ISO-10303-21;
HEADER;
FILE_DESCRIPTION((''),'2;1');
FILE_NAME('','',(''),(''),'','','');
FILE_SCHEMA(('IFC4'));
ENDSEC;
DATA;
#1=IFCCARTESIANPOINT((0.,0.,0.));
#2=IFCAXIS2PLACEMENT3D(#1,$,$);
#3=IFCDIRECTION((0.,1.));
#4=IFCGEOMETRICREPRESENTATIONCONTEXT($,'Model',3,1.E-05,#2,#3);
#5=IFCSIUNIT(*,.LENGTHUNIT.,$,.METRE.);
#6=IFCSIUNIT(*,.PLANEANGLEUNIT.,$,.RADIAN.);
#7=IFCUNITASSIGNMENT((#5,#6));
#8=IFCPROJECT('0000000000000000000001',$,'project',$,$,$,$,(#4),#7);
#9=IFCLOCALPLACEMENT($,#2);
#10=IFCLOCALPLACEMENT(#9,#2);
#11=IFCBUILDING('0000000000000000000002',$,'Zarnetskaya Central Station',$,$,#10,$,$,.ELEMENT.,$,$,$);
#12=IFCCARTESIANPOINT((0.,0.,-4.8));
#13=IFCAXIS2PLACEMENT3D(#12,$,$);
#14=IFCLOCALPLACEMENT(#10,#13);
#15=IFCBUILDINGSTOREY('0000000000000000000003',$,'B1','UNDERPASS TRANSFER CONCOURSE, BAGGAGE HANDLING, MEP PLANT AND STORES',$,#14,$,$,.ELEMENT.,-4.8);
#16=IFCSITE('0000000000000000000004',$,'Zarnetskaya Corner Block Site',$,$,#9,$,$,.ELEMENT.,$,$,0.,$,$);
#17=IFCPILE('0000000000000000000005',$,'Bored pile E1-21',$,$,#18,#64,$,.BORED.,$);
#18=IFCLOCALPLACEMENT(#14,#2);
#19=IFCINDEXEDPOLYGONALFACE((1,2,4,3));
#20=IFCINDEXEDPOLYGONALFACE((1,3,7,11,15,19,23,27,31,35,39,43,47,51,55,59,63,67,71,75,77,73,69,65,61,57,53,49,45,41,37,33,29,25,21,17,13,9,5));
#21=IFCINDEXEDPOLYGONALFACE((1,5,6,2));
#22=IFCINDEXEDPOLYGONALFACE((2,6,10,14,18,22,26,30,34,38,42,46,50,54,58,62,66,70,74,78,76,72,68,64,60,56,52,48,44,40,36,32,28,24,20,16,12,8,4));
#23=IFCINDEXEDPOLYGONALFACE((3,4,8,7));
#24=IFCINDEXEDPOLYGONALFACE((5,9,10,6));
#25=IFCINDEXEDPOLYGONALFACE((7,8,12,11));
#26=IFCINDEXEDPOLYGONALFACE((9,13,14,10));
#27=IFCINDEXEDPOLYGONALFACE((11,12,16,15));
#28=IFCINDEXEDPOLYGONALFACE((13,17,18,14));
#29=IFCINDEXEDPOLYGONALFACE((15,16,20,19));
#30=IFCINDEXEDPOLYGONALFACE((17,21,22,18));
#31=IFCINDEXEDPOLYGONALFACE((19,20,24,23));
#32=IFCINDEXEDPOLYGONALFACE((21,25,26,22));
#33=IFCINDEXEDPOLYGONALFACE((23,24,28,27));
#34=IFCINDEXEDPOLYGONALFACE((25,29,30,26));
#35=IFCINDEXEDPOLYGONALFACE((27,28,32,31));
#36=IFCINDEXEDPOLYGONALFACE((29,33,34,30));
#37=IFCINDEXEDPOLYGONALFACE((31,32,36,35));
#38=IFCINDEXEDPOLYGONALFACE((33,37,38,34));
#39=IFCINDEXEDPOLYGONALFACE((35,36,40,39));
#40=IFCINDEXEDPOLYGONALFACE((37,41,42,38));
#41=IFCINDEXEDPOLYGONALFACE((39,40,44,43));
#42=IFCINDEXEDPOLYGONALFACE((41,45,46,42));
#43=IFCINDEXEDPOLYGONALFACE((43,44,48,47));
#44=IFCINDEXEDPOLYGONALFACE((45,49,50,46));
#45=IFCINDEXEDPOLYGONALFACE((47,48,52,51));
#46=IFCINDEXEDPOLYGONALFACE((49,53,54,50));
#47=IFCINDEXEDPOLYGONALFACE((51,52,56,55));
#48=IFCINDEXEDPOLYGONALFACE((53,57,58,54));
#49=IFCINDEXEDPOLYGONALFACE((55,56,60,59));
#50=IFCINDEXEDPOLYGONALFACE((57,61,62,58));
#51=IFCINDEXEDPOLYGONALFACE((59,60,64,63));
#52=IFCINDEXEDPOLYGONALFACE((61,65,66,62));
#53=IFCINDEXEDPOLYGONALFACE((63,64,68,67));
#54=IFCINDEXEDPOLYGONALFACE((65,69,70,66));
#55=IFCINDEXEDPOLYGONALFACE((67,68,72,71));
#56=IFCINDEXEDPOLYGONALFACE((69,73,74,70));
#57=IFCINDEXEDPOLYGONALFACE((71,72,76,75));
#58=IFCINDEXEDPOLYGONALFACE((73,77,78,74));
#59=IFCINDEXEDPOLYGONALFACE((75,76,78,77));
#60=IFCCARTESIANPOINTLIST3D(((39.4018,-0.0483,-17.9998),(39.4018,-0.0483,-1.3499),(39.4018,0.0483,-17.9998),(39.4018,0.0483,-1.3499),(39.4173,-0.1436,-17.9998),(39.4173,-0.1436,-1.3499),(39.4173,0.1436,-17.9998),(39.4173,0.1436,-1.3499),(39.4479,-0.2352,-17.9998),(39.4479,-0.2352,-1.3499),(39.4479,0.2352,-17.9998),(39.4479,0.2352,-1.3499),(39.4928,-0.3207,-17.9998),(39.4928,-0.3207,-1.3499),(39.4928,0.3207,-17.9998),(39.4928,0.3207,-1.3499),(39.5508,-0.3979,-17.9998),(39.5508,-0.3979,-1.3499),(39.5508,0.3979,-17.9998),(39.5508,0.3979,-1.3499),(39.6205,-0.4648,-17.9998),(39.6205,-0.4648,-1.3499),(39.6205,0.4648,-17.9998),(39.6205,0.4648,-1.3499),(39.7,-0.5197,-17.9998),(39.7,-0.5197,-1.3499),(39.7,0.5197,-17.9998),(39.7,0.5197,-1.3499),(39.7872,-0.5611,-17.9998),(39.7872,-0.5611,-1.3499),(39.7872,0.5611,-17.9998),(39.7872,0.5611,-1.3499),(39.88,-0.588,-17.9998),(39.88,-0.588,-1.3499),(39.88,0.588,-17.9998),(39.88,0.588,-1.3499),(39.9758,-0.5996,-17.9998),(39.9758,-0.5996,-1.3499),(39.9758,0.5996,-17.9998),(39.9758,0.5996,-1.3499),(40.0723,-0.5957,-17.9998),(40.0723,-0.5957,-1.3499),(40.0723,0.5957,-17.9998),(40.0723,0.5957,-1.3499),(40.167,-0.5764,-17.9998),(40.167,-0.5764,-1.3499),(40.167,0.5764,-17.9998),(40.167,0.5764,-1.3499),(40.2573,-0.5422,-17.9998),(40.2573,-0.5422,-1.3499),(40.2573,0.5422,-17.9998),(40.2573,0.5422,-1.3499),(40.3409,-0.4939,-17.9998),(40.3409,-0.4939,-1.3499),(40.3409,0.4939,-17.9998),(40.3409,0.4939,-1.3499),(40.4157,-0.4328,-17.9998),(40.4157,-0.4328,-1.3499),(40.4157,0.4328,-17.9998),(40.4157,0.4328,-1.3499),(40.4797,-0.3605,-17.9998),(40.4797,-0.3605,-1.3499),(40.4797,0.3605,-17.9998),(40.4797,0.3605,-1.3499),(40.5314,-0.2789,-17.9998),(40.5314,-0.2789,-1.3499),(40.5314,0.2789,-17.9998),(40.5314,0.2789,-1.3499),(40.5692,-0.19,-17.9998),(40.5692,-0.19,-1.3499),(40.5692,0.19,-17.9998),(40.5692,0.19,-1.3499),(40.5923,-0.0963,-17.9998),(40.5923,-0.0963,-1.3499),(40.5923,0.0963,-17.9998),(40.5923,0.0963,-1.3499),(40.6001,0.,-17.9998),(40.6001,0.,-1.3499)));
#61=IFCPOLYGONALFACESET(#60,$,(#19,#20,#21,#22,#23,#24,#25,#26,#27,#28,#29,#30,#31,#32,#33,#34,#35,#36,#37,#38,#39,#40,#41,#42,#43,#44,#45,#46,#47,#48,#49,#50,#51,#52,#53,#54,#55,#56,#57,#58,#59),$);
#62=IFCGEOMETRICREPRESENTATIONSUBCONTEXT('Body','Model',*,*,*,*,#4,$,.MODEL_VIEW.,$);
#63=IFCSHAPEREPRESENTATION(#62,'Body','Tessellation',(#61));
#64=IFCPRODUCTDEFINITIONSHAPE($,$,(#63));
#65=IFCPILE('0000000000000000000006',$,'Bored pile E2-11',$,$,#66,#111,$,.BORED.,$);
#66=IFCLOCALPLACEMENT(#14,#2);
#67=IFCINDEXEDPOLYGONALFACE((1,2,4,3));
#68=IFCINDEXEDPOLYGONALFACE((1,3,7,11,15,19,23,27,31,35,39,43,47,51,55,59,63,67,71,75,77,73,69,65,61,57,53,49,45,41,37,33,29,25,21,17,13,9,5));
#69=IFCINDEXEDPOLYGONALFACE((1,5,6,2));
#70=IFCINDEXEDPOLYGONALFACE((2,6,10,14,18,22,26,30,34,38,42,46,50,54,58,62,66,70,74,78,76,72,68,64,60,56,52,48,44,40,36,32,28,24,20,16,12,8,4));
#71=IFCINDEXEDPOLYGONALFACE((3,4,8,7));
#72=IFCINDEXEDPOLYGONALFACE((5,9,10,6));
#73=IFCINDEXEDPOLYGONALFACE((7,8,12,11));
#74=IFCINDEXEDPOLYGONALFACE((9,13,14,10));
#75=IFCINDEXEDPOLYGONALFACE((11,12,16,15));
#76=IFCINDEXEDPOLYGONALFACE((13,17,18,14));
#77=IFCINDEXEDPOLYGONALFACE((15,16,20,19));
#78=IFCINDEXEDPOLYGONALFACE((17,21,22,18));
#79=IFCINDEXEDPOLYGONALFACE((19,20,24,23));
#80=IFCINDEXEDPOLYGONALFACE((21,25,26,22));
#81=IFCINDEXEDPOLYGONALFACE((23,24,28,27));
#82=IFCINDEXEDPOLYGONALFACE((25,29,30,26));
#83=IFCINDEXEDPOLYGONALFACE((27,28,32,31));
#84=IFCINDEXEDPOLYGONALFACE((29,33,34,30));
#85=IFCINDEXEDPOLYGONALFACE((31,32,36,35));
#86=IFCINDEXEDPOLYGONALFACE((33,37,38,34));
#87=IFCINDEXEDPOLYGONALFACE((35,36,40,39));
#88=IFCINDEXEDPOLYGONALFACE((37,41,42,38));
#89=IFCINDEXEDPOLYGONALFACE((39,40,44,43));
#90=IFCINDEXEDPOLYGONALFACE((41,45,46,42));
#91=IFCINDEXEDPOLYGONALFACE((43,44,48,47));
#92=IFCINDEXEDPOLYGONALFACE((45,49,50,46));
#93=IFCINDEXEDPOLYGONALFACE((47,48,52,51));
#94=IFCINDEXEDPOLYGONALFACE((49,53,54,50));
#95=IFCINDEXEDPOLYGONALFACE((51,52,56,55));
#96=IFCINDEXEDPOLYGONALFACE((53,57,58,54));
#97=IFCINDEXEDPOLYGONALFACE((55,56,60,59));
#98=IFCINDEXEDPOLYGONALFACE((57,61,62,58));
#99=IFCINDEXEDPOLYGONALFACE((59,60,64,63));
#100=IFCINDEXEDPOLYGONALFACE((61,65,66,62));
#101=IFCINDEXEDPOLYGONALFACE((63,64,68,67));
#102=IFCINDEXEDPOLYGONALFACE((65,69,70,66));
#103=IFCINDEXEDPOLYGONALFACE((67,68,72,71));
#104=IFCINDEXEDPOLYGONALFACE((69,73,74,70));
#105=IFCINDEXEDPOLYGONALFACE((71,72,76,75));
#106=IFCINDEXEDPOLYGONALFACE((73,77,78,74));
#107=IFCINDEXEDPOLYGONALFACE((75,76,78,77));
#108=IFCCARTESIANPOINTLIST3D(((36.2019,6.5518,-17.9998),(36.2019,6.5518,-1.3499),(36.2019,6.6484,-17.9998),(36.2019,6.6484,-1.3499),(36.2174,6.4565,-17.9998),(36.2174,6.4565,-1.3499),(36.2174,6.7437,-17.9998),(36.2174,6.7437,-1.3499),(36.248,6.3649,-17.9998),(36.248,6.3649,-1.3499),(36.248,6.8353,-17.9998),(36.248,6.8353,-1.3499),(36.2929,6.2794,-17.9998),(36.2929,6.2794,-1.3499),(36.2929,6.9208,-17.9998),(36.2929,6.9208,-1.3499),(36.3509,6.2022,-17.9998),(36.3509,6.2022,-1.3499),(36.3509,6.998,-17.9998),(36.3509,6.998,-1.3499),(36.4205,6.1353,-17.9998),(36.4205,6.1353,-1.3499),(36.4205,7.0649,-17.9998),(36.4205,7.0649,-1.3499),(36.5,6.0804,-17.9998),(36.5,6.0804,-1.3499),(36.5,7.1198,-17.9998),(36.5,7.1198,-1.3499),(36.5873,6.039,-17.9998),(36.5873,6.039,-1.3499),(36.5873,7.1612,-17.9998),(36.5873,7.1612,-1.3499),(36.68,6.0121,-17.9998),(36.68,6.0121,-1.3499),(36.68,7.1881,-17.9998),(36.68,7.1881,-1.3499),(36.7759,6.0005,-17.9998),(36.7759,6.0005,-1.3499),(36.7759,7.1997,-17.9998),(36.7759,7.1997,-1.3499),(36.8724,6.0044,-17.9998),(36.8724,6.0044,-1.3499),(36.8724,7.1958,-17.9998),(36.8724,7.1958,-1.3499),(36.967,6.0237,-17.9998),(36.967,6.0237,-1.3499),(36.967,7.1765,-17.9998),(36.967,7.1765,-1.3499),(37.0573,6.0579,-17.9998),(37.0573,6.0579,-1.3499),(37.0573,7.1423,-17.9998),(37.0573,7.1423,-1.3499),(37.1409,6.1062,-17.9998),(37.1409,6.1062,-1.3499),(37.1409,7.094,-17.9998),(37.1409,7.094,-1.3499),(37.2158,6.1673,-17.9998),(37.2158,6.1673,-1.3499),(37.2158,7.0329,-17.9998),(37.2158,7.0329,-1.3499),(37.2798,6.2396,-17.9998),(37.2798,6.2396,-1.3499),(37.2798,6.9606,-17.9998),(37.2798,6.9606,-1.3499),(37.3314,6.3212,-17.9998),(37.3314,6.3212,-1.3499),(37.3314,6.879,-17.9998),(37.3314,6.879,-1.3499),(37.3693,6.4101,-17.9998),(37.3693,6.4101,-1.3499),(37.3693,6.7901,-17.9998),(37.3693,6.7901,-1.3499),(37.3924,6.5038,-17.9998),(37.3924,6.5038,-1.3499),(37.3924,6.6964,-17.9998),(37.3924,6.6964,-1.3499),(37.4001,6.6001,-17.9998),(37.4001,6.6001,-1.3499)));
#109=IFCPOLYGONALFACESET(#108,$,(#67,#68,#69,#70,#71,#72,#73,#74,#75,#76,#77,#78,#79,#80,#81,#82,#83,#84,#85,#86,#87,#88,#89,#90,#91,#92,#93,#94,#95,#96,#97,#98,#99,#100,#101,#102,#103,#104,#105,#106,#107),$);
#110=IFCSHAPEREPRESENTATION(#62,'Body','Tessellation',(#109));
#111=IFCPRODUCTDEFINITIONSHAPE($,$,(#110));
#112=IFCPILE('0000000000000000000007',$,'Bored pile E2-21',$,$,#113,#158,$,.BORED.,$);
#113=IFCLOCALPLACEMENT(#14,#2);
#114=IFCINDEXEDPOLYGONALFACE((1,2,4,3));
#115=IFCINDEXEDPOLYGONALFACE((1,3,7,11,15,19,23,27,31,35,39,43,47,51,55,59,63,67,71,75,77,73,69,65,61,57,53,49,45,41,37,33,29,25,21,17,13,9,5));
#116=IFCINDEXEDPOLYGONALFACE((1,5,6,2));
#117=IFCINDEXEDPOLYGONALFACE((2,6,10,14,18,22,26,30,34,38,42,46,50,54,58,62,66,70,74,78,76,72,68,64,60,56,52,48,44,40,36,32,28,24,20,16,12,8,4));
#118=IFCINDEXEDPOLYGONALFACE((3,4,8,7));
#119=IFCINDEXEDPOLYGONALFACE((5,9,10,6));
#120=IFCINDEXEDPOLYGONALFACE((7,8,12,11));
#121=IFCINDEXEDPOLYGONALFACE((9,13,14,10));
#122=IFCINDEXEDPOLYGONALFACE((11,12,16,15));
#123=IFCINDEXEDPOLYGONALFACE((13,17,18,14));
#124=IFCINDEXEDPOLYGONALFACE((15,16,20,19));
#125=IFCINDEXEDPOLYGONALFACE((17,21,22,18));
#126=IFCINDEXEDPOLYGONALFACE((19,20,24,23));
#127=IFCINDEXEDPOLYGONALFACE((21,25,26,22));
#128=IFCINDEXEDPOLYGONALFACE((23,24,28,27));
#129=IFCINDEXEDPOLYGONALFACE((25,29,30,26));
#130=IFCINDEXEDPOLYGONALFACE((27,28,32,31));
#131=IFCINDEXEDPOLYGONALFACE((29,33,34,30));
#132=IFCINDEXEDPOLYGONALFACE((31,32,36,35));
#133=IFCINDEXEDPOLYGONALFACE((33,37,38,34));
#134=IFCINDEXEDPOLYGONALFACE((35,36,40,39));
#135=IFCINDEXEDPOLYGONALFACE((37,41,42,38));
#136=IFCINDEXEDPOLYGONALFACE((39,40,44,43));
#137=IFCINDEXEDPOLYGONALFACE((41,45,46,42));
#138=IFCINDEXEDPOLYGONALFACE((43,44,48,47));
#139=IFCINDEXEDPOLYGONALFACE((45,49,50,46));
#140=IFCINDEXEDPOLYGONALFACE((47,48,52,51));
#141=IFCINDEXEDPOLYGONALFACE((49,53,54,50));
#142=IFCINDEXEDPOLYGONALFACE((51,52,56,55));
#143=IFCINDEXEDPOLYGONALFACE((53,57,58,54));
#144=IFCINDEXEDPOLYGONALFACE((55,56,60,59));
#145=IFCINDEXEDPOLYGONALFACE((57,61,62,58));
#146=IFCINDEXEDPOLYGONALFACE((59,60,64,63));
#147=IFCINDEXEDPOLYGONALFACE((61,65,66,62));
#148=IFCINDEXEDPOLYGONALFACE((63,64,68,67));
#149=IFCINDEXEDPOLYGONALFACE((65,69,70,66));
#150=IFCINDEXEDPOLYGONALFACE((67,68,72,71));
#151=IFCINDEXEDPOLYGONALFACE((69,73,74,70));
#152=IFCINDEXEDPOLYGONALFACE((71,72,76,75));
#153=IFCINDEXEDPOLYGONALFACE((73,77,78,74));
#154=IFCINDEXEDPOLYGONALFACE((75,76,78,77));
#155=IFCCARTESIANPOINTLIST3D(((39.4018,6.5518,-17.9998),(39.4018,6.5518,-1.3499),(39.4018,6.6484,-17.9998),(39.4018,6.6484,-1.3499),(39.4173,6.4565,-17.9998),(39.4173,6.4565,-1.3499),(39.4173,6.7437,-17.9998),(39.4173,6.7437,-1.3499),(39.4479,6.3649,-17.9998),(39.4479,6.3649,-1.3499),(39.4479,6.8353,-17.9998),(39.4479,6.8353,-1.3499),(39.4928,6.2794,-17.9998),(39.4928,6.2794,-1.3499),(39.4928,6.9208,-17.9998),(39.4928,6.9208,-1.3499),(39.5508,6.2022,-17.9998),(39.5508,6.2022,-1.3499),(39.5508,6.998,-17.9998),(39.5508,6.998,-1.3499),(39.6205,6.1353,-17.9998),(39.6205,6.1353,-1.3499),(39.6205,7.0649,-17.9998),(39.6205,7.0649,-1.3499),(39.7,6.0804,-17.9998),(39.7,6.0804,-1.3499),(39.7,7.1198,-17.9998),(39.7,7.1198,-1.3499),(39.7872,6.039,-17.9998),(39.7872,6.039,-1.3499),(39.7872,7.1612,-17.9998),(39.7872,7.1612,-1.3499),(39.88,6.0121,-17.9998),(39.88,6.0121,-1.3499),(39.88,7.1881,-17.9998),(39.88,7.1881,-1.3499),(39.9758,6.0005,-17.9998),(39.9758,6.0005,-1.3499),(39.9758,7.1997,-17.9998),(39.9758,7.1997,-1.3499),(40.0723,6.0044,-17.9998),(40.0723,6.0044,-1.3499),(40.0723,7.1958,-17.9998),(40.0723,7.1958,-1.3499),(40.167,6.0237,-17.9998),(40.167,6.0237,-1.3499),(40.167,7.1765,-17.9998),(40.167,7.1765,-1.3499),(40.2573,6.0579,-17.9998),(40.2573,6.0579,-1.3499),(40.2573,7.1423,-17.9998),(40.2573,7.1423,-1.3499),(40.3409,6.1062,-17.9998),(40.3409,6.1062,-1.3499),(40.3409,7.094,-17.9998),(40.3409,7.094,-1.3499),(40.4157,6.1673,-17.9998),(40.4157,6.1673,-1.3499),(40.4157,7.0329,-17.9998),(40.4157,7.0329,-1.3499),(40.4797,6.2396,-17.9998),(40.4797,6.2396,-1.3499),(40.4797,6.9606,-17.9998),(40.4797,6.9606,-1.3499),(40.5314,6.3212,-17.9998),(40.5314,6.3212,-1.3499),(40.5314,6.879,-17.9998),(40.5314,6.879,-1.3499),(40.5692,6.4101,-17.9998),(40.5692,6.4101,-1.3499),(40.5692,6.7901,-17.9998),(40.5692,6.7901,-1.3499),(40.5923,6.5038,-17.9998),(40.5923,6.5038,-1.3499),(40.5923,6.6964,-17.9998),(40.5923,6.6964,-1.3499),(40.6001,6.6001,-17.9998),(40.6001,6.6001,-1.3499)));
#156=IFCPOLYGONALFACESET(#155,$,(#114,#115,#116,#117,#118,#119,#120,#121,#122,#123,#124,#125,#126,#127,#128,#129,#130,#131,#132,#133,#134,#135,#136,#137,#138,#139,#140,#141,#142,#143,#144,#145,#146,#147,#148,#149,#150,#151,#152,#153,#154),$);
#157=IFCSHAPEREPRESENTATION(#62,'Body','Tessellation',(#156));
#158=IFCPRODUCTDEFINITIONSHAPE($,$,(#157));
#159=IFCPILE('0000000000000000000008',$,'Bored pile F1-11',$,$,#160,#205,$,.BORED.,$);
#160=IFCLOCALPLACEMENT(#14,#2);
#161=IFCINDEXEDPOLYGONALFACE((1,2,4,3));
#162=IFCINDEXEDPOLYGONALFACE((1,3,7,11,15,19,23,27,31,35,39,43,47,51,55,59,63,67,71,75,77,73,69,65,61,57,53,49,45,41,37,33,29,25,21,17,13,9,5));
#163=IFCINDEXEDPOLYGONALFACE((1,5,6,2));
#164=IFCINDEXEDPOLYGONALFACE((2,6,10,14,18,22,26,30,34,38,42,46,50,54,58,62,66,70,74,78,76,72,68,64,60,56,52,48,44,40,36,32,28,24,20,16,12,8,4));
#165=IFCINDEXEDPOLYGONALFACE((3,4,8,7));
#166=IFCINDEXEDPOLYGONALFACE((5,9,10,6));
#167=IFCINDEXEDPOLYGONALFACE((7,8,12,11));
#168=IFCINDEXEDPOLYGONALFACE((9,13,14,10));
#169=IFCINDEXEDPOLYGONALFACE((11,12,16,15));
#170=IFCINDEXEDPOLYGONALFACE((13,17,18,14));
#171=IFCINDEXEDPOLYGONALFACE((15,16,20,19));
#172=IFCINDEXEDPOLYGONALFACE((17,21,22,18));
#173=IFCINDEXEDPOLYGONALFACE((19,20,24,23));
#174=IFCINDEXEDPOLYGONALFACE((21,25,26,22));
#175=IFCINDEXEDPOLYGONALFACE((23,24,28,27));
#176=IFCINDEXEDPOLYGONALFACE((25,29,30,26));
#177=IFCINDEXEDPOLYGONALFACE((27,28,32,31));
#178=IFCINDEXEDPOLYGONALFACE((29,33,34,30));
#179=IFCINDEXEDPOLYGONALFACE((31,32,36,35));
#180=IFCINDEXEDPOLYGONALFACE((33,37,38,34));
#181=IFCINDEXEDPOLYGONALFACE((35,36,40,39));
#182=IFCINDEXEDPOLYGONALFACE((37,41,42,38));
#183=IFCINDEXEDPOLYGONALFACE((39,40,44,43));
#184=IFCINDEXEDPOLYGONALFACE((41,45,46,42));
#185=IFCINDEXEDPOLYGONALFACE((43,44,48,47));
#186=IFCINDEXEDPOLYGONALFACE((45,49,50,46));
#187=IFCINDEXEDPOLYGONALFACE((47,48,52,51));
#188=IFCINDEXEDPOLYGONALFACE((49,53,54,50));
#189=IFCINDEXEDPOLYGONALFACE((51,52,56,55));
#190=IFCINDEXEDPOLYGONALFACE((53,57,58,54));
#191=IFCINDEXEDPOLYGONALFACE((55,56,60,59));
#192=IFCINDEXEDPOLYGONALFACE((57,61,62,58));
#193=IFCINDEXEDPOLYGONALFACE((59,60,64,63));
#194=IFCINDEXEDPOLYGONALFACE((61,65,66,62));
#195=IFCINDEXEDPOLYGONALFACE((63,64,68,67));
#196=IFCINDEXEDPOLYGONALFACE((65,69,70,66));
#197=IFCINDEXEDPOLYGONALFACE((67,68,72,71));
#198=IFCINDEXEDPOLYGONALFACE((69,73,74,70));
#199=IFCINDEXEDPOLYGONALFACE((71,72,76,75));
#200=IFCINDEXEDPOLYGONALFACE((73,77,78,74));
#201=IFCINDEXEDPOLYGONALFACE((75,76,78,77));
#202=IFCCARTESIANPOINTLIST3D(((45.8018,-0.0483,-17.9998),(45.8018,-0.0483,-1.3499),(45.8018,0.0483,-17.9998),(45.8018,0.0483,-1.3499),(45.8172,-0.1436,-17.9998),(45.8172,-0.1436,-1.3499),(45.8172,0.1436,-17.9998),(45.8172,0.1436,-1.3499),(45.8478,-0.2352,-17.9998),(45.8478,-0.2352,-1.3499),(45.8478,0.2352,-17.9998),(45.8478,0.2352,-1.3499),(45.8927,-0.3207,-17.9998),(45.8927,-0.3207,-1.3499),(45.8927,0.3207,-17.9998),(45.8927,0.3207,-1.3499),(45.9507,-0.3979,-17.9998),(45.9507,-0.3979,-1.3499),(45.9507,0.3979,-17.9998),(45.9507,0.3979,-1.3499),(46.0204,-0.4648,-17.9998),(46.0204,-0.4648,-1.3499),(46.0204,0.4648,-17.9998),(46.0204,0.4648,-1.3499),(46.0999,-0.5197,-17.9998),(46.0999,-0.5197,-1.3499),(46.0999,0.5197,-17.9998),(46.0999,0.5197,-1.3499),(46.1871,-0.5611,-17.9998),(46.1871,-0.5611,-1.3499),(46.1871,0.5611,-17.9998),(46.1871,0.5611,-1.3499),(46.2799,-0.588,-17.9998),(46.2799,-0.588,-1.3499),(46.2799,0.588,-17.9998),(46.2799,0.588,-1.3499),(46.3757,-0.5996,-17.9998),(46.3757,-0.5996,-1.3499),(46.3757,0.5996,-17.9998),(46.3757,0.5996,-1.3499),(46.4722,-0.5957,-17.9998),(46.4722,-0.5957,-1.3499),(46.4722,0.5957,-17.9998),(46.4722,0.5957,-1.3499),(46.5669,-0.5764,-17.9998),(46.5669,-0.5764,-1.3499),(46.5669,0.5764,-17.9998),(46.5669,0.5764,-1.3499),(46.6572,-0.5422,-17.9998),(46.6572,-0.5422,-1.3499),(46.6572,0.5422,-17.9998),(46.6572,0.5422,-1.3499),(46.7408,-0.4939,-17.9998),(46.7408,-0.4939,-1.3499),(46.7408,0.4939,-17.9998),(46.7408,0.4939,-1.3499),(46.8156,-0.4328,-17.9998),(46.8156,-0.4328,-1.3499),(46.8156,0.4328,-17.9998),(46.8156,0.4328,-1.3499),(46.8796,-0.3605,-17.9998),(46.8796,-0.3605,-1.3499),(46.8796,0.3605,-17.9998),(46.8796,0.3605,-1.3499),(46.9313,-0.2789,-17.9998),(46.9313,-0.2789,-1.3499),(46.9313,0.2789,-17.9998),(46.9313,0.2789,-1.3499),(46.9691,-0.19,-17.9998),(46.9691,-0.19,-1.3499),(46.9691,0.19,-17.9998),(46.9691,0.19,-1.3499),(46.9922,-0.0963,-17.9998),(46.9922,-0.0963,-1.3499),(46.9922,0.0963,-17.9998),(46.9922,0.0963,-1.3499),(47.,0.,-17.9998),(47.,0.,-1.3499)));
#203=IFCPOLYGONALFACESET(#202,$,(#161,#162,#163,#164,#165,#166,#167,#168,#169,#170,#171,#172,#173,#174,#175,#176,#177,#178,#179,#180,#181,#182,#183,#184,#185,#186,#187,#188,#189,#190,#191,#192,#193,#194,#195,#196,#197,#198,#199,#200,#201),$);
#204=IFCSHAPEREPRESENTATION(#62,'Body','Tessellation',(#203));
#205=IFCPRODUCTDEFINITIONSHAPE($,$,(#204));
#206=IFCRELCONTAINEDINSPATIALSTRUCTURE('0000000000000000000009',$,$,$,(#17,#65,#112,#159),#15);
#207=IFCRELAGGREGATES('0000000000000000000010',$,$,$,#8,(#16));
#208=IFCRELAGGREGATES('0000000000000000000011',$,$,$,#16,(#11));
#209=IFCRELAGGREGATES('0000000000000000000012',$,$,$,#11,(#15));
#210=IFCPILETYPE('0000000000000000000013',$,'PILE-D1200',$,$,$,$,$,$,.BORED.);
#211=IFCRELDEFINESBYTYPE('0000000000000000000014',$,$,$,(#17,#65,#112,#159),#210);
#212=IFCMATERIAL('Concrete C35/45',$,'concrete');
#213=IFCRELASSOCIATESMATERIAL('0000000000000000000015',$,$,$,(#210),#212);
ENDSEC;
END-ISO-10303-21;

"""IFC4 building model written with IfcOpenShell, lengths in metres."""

from ifc_helpers import new_model, si_unit, direction, frame, origin, origin_2d, place, context, subcontext, project, spatial, circle, extrude, material, material_profile, profile_set, type_object, element, save


model = new_model("IFC4")

# Units and contexts
model_context = context("Model", 3, precision=1e-05, world=origin(), true_north=direction((0.0, 1.0)))
body_context = subcontext(model_context, "Body", "Model", "MODEL_VIEW")
ifc_project = project(units=[si_unit("LENGTHUNIT", "METRE"), si_unit("PLANEANGLEUNIT", "RADIAN")], contexts=[model_context])

# Site, building, storey
site_placement = place(None, origin())
site = spatial("IfcSite", under=ifc_project, at=site_placement, Name="Zarnetskaya Corner Block Site", CompositionType="ELEMENT", RefElevation=0.0)
building_placement = place(site_placement, origin())
building = spatial("IfcBuilding", under=site, at=building_placement, Name="Zarnetskaya Central Station", CompositionType="ELEMENT")
storey_placement = place(building_placement, frame((0.0, 0.0, -4.8)))
storey = spatial("IfcBuildingStorey", under=building, at=storey_placement, Name="B1", Description="UNDERPASS TRANSFER CONCOURSE, BAGGAGE HANDLING, MEP PLANT AND STORES", CompositionType="ELEMENT", Elevation=-4.8)

# Shared definitions
ifc_material_1 = material(Name="Concrete C35/45", Category="concrete")

# Piles
ifc_material_profile_1 = material_profile(ifc_material_1, circle(Radius=0.6001, at=origin_2d()), Name="BORED PILE D1200")
ifc_profile_set_1 = profile_set([ifc_material_profile_1], Name="Concrete C35/45")
pile_type = type_object("IfcPileType", Name="PILE-D1200", PredefinedType="BORED", material=ifc_profile_set_1)
for number, where, z_axis, x_axis, name in (
    (1, (40.0, 0.0, -1.3499), (0.0, 0.0, -1.0), (1.0, 0.0, 0.0), "Bored pile E1-21"),
    (2, (36.8, 6.6001, -1.3499), (0.0, 0.0, -1.0), (1.0, 0.0, 0.0), "Bored pile E2-11"),
    (3, (40.0, 6.6001, -1.3499), (0.0, 0.0, -1.0), (1.0, 0.0, 0.0), "Bored pile E2-21"),
    (4, (46.3999, 0.0, -1.3499), (0.0, 0.0, -1.0), (1.0, 0.0, 0.0), "Bored pile F1-11"),
):
    element("IfcPile", number, at=place(storey_placement, frame(where, z_axis=z_axis, x_axis=x_axis)), inside=storey, type_object=pile_type, Name=name, PredefinedType="BORED", context=body_context, shape_type="SweptSolid", body=[
        extrude(circle(Radius=0.6001, at=origin_2d()), origin(), (0.0, 0.0, 1.0), 16.6499),
    ])

save(model, "model.ifc")
